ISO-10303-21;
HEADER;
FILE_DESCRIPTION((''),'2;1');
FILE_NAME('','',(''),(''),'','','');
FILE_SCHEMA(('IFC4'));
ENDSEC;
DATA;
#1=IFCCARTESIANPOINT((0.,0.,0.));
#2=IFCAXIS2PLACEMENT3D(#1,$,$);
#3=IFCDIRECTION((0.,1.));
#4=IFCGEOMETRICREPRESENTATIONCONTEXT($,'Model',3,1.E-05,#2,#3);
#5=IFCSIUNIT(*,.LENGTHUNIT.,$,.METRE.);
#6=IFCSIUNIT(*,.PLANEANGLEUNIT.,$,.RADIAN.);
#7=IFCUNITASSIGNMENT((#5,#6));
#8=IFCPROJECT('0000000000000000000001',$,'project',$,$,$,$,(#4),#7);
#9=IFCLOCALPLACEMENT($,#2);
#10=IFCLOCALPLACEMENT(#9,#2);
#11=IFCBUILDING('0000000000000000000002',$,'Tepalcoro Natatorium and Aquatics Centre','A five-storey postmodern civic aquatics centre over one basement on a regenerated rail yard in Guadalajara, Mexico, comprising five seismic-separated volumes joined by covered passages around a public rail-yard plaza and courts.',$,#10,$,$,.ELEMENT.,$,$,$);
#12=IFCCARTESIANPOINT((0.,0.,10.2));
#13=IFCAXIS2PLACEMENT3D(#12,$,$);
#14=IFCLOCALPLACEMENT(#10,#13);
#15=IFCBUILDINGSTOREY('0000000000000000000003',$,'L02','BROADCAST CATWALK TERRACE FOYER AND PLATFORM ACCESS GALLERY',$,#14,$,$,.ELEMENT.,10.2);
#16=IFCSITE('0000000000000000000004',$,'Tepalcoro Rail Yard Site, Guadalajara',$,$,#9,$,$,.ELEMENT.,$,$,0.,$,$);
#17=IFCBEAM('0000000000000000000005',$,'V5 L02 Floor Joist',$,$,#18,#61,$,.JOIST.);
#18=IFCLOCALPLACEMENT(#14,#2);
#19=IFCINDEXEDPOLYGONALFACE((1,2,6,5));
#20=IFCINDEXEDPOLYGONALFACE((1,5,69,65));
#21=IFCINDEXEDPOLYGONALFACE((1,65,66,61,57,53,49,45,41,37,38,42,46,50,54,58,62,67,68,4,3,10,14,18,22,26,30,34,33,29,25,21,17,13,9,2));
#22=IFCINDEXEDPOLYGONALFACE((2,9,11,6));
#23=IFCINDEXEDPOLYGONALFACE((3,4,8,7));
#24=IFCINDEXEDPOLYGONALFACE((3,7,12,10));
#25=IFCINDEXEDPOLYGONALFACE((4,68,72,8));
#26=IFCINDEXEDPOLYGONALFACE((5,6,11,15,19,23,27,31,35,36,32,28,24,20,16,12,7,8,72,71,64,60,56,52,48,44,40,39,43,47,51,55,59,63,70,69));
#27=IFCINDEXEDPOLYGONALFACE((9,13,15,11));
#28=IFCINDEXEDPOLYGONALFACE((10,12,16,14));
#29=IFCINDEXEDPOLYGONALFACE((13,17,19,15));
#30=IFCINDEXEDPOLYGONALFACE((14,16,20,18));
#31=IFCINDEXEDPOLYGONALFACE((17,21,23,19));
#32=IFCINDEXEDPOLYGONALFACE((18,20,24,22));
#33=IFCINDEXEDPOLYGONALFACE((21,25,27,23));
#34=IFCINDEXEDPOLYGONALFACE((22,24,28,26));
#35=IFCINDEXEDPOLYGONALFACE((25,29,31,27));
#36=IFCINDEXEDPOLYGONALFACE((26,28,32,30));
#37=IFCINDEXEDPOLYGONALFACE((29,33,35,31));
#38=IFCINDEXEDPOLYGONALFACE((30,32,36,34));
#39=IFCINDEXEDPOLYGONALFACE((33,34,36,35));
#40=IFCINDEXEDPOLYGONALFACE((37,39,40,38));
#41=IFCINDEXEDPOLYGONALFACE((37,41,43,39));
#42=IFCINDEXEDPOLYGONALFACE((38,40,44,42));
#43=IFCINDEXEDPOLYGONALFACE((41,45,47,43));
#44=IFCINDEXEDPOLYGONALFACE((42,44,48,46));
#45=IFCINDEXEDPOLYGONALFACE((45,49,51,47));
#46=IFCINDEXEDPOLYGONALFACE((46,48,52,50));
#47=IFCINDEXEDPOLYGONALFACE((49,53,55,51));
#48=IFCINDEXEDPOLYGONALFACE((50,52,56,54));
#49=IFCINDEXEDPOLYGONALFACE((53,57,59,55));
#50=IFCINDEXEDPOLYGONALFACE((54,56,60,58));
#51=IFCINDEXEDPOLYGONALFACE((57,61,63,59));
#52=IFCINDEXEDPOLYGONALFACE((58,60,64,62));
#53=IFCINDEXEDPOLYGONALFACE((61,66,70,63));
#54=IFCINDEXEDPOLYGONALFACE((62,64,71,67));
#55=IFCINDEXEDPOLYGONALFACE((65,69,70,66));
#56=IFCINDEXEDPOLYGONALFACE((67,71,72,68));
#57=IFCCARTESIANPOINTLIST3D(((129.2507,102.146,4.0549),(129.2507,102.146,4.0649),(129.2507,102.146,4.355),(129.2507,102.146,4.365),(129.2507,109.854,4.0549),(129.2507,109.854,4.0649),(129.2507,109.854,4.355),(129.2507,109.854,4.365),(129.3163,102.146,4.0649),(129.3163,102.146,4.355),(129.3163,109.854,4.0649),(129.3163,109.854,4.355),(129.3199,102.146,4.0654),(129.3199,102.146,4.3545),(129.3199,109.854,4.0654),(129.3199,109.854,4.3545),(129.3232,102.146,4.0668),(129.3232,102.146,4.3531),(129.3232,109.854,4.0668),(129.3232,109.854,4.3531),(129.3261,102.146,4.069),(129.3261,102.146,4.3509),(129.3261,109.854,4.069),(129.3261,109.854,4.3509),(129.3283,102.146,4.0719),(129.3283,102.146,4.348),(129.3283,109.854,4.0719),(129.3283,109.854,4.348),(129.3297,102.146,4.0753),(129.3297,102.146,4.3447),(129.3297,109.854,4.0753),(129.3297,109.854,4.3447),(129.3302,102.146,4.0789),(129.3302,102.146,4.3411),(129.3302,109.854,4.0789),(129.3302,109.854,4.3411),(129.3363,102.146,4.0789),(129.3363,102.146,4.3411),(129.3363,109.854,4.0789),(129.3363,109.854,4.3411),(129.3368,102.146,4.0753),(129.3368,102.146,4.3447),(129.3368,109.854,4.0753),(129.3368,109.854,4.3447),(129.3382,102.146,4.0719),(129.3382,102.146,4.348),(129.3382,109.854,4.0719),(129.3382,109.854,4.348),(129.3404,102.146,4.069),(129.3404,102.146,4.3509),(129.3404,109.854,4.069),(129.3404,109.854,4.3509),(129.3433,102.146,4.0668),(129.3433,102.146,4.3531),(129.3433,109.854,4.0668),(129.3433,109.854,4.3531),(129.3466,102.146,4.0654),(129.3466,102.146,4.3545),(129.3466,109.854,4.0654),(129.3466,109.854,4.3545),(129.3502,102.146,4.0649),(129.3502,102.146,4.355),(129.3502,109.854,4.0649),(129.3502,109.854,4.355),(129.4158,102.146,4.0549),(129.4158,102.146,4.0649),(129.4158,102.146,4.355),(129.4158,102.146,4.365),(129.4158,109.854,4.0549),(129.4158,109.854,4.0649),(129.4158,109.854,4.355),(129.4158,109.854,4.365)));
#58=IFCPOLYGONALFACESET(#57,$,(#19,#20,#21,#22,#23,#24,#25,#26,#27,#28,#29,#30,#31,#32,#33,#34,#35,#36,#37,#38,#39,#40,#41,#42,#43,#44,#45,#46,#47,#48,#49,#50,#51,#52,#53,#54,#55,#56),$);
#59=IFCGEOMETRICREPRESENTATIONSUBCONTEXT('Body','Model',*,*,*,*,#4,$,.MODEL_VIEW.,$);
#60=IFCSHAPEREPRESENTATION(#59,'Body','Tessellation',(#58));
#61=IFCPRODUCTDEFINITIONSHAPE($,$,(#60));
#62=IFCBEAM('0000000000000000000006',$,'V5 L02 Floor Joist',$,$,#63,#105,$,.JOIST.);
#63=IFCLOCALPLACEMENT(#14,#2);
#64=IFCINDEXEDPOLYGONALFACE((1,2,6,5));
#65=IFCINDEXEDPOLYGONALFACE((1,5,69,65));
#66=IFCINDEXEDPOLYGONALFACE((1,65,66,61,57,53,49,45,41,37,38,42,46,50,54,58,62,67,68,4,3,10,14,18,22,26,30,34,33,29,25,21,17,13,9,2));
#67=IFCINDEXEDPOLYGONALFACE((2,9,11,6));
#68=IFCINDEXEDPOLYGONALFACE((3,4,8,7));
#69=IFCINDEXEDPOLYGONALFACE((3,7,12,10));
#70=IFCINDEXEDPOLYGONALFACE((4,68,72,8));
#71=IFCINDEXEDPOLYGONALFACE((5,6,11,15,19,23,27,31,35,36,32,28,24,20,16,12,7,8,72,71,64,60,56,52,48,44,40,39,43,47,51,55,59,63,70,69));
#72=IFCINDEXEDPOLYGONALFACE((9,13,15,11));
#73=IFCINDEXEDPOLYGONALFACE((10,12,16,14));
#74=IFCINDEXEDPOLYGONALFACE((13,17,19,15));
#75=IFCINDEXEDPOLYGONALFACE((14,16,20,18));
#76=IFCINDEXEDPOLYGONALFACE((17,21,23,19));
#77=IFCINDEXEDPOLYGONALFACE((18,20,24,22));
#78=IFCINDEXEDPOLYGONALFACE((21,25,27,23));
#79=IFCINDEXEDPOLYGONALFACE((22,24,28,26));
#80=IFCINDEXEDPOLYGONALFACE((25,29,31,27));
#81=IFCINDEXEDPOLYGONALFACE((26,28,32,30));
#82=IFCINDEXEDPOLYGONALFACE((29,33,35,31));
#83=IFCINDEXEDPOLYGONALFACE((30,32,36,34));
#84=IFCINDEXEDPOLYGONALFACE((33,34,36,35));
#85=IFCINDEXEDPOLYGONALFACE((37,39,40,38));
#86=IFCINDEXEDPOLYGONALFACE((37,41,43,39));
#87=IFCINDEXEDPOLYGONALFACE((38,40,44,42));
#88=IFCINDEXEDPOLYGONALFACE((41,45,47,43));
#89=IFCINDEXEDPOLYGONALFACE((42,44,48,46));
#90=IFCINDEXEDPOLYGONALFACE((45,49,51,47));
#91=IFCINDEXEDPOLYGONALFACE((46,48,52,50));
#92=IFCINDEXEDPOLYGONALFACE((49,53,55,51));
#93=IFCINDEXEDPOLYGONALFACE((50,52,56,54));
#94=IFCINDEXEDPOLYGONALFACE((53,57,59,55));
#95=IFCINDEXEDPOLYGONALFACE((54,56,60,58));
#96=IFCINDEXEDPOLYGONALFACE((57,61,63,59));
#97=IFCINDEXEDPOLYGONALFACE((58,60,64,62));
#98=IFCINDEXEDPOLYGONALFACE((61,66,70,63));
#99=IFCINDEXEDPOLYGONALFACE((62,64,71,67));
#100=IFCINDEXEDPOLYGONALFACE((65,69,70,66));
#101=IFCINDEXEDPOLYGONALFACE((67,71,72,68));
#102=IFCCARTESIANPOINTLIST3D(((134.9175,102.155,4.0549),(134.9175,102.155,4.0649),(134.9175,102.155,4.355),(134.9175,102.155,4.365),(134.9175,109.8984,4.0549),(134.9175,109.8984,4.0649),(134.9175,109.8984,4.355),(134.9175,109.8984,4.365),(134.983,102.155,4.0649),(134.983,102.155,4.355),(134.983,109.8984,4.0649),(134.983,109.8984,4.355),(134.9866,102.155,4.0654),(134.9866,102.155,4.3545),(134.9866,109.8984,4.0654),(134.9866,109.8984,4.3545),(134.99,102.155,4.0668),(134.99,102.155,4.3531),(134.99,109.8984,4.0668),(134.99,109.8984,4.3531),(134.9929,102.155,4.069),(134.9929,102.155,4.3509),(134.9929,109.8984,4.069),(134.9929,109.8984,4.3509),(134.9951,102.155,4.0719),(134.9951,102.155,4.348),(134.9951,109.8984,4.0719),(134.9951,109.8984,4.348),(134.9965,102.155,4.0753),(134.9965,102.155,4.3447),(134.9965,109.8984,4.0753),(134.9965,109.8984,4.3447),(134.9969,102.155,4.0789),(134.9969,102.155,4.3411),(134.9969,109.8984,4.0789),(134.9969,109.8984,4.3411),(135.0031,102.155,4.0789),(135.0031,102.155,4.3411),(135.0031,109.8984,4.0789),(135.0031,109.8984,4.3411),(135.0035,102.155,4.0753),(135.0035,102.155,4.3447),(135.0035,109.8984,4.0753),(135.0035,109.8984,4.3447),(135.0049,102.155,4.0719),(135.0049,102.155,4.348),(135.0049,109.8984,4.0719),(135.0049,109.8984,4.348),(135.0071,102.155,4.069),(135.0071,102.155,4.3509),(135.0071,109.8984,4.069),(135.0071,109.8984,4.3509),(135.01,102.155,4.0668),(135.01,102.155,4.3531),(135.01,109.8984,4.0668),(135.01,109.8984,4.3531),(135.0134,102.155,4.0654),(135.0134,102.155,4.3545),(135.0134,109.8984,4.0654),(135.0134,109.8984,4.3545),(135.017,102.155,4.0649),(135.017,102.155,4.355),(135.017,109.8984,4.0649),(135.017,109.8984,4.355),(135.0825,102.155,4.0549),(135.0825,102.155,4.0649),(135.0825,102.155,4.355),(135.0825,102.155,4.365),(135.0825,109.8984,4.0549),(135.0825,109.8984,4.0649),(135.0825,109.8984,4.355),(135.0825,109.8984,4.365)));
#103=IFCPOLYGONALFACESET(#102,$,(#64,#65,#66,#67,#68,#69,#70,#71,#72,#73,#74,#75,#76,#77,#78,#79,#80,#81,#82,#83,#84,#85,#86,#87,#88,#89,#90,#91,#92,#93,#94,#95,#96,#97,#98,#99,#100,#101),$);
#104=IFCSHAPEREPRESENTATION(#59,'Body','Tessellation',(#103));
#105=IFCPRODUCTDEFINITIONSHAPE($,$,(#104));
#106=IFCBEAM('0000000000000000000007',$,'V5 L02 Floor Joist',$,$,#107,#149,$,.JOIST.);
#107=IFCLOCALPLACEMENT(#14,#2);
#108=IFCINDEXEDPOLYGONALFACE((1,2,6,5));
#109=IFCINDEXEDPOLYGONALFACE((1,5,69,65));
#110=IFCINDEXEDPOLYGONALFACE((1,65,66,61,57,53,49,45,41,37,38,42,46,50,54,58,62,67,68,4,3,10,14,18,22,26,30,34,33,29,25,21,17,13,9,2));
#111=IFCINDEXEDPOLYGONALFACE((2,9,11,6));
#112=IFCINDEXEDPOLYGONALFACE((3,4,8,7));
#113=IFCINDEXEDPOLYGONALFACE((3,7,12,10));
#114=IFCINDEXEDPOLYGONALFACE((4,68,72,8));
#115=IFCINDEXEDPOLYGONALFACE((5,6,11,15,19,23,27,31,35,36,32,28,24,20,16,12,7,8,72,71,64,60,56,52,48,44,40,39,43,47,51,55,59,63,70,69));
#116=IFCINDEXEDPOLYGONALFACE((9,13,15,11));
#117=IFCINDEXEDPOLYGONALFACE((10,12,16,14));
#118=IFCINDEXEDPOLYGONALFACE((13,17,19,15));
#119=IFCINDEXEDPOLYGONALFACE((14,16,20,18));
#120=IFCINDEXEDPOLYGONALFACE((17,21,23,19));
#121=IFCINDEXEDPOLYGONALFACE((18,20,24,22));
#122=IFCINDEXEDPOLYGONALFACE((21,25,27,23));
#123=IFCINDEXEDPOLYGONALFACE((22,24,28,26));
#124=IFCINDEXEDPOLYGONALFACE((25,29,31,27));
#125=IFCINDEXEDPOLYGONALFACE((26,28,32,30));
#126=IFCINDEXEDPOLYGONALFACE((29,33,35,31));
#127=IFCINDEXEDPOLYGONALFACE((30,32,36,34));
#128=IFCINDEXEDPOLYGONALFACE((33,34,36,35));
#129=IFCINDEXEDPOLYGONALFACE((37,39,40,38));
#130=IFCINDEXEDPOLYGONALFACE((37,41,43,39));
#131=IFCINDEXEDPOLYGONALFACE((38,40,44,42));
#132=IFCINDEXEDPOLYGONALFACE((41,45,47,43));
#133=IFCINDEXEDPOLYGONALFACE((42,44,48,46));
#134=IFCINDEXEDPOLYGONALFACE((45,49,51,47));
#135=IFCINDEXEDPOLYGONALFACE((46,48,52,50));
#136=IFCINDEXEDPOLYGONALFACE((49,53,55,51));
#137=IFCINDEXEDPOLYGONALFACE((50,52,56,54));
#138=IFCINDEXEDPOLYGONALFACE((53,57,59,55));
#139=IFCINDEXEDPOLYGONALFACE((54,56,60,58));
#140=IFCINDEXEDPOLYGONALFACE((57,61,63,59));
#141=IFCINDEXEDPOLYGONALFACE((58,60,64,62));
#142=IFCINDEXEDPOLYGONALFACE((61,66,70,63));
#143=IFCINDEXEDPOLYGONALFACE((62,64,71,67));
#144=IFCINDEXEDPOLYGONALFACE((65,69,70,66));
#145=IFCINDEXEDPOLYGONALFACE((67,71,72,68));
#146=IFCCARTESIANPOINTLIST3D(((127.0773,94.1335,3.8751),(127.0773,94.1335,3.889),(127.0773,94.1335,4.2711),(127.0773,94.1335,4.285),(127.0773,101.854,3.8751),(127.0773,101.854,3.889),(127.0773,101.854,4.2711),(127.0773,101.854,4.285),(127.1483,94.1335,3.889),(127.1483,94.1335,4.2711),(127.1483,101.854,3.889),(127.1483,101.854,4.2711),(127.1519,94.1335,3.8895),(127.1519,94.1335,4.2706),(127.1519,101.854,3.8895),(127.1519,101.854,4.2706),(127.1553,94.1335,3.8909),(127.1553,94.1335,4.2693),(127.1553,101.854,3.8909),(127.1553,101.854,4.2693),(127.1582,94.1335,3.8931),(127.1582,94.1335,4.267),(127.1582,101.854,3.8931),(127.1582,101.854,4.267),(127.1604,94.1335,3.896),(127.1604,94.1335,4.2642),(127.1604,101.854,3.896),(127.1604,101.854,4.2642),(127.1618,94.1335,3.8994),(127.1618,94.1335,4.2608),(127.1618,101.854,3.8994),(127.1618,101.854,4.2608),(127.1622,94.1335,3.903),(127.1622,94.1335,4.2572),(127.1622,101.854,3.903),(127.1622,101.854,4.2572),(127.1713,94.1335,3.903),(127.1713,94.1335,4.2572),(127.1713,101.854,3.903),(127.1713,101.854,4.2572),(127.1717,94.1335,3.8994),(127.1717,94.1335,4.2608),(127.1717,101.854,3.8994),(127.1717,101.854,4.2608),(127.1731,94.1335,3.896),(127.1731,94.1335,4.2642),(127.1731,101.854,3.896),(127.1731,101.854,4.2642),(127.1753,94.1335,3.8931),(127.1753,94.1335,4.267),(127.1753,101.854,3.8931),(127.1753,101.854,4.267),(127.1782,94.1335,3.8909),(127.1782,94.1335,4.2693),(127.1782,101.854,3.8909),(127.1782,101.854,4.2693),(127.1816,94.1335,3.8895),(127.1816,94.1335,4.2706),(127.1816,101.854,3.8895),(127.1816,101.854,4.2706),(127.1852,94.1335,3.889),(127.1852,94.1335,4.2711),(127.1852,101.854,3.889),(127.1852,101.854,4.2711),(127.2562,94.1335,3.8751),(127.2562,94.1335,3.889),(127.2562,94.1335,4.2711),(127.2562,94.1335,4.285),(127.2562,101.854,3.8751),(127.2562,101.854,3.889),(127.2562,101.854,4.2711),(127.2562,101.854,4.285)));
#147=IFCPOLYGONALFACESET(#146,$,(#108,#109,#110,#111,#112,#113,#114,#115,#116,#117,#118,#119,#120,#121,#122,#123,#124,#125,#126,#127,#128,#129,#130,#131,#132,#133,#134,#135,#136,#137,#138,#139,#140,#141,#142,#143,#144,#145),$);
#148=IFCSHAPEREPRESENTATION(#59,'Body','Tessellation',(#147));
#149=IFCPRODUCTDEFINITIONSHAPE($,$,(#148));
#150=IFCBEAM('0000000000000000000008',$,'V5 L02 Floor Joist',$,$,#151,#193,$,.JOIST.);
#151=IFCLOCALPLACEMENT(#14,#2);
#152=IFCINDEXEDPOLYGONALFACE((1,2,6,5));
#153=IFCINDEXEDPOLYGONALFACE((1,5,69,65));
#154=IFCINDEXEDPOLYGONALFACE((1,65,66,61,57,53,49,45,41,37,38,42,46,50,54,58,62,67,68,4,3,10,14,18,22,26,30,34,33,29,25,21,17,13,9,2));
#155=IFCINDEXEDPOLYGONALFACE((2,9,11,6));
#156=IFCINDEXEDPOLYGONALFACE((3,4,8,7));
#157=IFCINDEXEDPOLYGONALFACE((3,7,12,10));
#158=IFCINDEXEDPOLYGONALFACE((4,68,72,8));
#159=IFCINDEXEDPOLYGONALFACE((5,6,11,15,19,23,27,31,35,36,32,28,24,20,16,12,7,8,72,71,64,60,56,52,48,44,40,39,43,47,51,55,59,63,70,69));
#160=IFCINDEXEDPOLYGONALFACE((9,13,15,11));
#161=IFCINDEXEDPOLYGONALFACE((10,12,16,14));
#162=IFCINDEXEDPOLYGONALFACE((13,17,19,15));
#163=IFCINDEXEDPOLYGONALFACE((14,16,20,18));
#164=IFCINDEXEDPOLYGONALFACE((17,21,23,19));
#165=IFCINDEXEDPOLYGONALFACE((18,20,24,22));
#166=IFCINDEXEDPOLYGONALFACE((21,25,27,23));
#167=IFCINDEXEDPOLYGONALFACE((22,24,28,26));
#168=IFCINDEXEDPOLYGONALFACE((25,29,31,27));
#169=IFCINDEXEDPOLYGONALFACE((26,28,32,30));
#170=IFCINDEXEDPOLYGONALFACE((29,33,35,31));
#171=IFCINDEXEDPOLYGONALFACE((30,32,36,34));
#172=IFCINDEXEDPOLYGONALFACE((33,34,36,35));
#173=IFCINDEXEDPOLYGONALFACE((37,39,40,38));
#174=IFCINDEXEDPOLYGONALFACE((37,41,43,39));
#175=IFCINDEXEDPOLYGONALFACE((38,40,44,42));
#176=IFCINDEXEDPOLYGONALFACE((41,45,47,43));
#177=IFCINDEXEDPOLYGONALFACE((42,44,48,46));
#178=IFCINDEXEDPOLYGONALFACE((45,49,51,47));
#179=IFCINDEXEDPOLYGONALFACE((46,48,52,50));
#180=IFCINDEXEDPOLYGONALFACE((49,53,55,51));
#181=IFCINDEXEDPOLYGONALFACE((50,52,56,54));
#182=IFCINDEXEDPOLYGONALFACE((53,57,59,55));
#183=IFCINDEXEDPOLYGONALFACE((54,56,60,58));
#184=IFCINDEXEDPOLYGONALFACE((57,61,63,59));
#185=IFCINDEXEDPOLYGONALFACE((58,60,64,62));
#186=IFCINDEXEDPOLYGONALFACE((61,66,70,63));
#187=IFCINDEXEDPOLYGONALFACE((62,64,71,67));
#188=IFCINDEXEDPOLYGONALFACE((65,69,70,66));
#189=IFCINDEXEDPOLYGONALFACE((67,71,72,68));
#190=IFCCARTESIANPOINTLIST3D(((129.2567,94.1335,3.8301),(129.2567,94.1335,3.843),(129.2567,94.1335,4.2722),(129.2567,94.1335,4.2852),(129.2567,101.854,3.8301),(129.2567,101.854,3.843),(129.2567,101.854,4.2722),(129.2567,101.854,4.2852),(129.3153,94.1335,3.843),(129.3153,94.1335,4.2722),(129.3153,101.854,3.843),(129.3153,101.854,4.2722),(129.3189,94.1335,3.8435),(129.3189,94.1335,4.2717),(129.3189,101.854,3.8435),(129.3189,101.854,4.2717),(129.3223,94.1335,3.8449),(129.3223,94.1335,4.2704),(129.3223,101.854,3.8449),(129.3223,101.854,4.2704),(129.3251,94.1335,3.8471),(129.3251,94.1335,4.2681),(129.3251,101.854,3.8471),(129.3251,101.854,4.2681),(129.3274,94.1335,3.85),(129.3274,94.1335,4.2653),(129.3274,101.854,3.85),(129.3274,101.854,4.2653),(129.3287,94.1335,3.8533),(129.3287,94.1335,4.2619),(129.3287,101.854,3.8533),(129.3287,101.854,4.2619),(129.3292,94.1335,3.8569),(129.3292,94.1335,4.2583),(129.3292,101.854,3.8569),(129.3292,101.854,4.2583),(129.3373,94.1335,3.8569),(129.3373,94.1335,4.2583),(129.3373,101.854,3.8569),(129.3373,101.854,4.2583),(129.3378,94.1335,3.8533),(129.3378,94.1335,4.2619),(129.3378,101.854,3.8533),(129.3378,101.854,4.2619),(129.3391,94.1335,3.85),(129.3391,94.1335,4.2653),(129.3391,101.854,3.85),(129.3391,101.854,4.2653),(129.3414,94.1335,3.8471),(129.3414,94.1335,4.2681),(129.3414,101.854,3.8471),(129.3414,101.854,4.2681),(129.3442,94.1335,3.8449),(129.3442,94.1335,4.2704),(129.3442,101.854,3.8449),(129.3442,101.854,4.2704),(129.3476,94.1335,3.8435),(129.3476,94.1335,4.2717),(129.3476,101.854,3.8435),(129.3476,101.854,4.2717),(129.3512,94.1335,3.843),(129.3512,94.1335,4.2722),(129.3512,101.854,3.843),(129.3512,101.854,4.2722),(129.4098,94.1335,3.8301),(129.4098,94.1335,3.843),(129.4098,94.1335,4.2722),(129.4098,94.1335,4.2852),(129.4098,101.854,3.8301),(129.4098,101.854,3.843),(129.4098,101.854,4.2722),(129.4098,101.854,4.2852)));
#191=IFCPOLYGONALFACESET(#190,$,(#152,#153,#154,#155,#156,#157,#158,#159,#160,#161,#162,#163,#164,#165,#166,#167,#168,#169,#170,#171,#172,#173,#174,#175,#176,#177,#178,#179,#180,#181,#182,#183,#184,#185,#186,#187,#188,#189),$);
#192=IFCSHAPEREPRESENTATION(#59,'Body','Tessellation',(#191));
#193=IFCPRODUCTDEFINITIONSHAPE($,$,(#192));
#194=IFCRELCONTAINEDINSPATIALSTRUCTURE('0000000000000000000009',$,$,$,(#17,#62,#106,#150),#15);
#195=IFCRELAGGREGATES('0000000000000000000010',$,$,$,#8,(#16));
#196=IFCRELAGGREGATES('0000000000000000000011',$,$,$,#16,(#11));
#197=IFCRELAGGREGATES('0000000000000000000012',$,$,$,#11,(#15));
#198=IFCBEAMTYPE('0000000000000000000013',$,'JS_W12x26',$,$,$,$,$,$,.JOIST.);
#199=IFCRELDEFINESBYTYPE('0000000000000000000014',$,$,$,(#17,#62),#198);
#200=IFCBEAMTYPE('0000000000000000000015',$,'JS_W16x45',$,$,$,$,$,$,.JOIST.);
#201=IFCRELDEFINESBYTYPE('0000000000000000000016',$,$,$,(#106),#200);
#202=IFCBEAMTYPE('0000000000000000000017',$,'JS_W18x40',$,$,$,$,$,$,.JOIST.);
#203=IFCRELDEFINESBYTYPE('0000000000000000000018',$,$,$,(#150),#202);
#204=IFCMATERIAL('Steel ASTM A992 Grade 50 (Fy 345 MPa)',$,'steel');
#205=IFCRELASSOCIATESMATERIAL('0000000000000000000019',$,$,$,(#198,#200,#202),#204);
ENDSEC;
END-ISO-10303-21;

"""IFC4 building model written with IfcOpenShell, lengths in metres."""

from ifc_helpers import new_model, si_unit, direction, frame, origin, origin_2d, place, context, subcontext, project, spatial, i_section, extrude, material, material_profile, profile_set, type_object, element, save


model = new_model("IFC4")

# Units and contexts
model_context = context("Model", 3, precision=1e-05, world=origin(), true_north=direction((0.0, 1.0)))
body_context = subcontext(model_context, "Body", "Model", "MODEL_VIEW")
ifc_project = project(units=[si_unit("LENGTHUNIT", "METRE"), si_unit("PLANEANGLEUNIT", "RADIAN")], contexts=[model_context])

# Site, building, storey
site_placement = place(None, origin())
site = spatial("IfcSite", under=ifc_project, at=site_placement, Name="Tepalcoro Rail Yard Site, Guadalajara", CompositionType="ELEMENT", RefElevation=0.0)
building_placement = place(site_placement, origin())
building = spatial("IfcBuilding", under=site, at=building_placement, Name="Tepalcoro Natatorium and Aquatics Centre", Description="A five-storey postmodern civic aquatics centre over one basement on a regenerated rail yard in Guadalajara, Mexico, comprising five seismic-separated volumes joined by covered passages around a public rail-yard plaza and courts.", CompositionType="ELEMENT")
storey_placement = place(building_placement, frame((0.0, 0.0, 10.2)))
storey = spatial("IfcBuildingStorey", under=building, at=storey_placement, Name="L02", Description="BROADCAST CATWALK TERRACE FOYER AND PLATFORM ACCESS GALLERY", CompositionType="ELEMENT", Elevation=10.2)

# Beams
ifc_material_1 = material(Name="Steel ASTM A992 Grade 50 (Fy 345 MPa)", Category="steel")
ifc_material_profile_1 = material_profile(ifc_material_1, i_section(OverallWidth=0.165, OverallDepth=0.3101, WebThickness=0.0061, FlangeThickness=0.01, FilletRadius=0.0139, at=origin_2d()), Name="W12X26")
ifc_profile_set_1 = profile_set([ifc_material_profile_1], Name="Steel ASTM A992 Grade 50 (Fy 345 MPa)")
beam_type_1 = type_object("IfcBeamType", Name="JS_W12x26", PredefinedType="JOIST", material=ifc_profile_set_1)
beam_1_placement = place(storey_placement, frame((129.3333, 102.146, 4.21), z_axis=(0.0, 1.0, 0.0), x_axis=(-1.0, 0.0, 0.0)))
element("IfcBeam", 1, at=beam_1_placement, inside=storey, type_object=beam_type_1, Name="V5 L02 Floor Joist", PredefinedType="JOIST", context=body_context, shape_type="SweptSolid", body=[
    extrude(i_section(OverallWidth=0.165, OverallDepth=0.3101, WebThickness=0.0061, FlangeThickness=0.01, FilletRadius=0.0139, at=origin_2d()), origin(), (0.0, 0.0, 1.0), 7.708),
])
beam_2_placement = place(storey_placement, frame((135.0, 102.155, 4.21), z_axis=(0.0, 1.0, 0.0), x_axis=(-1.0, 0.0, 0.0)))
element("IfcBeam", 2, at=beam_2_placement, inside=storey, type_object=beam_type_1, Name="V5 L02 Floor Joist", PredefinedType="JOIST", context=body_context, shape_type="SweptSolid", body=[
    extrude(i_section(OverallWidth=0.165, OverallDepth=0.3101, WebThickness=0.0061, FlangeThickness=0.01, FilletRadius=0.0139, at=origin_2d()), origin(), (0.0, 0.0, 1.0), 7.7434),
])
ifc_material_profile_2 = material_profile(ifc_material_1, i_section(OverallWidth=0.179, OverallDepth=0.4099, WebThickness=0.009, FlangeThickness=0.0139, FilletRadius=0.0139, at=origin_2d()), Name="W16X45")
ifc_profile_set_2 = profile_set([ifc_material_profile_2], Name="Steel ASTM A992 Grade 50 (Fy 345 MPa)")
beam_type_2 = type_object("IfcBeamType", Name="JS_W16x45", PredefinedType="JOIST", material=ifc_profile_set_2)
beam_3_placement = place(storey_placement, frame((127.1667, 94.1335, 4.0801), z_axis=(0.0, 1.0, 0.0), x_axis=(-1.0, 0.0, 0.0)))
element("IfcBeam", 3, at=beam_3_placement, inside=storey, type_object=beam_type_2, Name="V5 L02 Floor Joist", PredefinedType="JOIST", context=body_context, shape_type="SweptSolid", body=[
    extrude(i_section(OverallWidth=0.179, OverallDepth=0.4099, WebThickness=0.009, FlangeThickness=0.0139, FilletRadius=0.0139, at=origin_2d()), origin(), (0.0, 0.0, 1.0), 7.7205),
])
ifc_material_profile_3 = material_profile(ifc_material_1, i_section(OverallWidth=0.1531, OverallDepth=0.4551, WebThickness=0.0081, FlangeThickness=0.0129, FilletRadius=0.0139, at=origin_2d()), Name="W18X40")
ifc_profile_set_3 = profile_set([ifc_material_profile_3], Name="Steel ASTM A992 Grade 50 (Fy 345 MPa)")
beam_type_3 = type_object("IfcBeamType", Name="JS_W18x40", PredefinedType="JOIST", material=ifc_profile_set_3)
beam_4_placement = place(storey_placement, frame((129.3333, 94.1335, 4.0576), z_axis=(0.0, 1.0, 0.0), x_axis=(-1.0, 0.0, 0.0)))
element("IfcBeam", 4, at=beam_4_placement, inside=storey, type_object=beam_type_3, Name="V5 L02 Floor Joist", PredefinedType="JOIST", context=body_context, shape_type="SweptSolid", body=[
    extrude(i_section(OverallWidth=0.1531, OverallDepth=0.4551, WebThickness=0.0081, FlangeThickness=0.0129, FilletRadius=0.0139, at=origin_2d()), origin(), (0.0, 0.0, 1.0), 7.7205),
])

save(model, "model.ifc")
